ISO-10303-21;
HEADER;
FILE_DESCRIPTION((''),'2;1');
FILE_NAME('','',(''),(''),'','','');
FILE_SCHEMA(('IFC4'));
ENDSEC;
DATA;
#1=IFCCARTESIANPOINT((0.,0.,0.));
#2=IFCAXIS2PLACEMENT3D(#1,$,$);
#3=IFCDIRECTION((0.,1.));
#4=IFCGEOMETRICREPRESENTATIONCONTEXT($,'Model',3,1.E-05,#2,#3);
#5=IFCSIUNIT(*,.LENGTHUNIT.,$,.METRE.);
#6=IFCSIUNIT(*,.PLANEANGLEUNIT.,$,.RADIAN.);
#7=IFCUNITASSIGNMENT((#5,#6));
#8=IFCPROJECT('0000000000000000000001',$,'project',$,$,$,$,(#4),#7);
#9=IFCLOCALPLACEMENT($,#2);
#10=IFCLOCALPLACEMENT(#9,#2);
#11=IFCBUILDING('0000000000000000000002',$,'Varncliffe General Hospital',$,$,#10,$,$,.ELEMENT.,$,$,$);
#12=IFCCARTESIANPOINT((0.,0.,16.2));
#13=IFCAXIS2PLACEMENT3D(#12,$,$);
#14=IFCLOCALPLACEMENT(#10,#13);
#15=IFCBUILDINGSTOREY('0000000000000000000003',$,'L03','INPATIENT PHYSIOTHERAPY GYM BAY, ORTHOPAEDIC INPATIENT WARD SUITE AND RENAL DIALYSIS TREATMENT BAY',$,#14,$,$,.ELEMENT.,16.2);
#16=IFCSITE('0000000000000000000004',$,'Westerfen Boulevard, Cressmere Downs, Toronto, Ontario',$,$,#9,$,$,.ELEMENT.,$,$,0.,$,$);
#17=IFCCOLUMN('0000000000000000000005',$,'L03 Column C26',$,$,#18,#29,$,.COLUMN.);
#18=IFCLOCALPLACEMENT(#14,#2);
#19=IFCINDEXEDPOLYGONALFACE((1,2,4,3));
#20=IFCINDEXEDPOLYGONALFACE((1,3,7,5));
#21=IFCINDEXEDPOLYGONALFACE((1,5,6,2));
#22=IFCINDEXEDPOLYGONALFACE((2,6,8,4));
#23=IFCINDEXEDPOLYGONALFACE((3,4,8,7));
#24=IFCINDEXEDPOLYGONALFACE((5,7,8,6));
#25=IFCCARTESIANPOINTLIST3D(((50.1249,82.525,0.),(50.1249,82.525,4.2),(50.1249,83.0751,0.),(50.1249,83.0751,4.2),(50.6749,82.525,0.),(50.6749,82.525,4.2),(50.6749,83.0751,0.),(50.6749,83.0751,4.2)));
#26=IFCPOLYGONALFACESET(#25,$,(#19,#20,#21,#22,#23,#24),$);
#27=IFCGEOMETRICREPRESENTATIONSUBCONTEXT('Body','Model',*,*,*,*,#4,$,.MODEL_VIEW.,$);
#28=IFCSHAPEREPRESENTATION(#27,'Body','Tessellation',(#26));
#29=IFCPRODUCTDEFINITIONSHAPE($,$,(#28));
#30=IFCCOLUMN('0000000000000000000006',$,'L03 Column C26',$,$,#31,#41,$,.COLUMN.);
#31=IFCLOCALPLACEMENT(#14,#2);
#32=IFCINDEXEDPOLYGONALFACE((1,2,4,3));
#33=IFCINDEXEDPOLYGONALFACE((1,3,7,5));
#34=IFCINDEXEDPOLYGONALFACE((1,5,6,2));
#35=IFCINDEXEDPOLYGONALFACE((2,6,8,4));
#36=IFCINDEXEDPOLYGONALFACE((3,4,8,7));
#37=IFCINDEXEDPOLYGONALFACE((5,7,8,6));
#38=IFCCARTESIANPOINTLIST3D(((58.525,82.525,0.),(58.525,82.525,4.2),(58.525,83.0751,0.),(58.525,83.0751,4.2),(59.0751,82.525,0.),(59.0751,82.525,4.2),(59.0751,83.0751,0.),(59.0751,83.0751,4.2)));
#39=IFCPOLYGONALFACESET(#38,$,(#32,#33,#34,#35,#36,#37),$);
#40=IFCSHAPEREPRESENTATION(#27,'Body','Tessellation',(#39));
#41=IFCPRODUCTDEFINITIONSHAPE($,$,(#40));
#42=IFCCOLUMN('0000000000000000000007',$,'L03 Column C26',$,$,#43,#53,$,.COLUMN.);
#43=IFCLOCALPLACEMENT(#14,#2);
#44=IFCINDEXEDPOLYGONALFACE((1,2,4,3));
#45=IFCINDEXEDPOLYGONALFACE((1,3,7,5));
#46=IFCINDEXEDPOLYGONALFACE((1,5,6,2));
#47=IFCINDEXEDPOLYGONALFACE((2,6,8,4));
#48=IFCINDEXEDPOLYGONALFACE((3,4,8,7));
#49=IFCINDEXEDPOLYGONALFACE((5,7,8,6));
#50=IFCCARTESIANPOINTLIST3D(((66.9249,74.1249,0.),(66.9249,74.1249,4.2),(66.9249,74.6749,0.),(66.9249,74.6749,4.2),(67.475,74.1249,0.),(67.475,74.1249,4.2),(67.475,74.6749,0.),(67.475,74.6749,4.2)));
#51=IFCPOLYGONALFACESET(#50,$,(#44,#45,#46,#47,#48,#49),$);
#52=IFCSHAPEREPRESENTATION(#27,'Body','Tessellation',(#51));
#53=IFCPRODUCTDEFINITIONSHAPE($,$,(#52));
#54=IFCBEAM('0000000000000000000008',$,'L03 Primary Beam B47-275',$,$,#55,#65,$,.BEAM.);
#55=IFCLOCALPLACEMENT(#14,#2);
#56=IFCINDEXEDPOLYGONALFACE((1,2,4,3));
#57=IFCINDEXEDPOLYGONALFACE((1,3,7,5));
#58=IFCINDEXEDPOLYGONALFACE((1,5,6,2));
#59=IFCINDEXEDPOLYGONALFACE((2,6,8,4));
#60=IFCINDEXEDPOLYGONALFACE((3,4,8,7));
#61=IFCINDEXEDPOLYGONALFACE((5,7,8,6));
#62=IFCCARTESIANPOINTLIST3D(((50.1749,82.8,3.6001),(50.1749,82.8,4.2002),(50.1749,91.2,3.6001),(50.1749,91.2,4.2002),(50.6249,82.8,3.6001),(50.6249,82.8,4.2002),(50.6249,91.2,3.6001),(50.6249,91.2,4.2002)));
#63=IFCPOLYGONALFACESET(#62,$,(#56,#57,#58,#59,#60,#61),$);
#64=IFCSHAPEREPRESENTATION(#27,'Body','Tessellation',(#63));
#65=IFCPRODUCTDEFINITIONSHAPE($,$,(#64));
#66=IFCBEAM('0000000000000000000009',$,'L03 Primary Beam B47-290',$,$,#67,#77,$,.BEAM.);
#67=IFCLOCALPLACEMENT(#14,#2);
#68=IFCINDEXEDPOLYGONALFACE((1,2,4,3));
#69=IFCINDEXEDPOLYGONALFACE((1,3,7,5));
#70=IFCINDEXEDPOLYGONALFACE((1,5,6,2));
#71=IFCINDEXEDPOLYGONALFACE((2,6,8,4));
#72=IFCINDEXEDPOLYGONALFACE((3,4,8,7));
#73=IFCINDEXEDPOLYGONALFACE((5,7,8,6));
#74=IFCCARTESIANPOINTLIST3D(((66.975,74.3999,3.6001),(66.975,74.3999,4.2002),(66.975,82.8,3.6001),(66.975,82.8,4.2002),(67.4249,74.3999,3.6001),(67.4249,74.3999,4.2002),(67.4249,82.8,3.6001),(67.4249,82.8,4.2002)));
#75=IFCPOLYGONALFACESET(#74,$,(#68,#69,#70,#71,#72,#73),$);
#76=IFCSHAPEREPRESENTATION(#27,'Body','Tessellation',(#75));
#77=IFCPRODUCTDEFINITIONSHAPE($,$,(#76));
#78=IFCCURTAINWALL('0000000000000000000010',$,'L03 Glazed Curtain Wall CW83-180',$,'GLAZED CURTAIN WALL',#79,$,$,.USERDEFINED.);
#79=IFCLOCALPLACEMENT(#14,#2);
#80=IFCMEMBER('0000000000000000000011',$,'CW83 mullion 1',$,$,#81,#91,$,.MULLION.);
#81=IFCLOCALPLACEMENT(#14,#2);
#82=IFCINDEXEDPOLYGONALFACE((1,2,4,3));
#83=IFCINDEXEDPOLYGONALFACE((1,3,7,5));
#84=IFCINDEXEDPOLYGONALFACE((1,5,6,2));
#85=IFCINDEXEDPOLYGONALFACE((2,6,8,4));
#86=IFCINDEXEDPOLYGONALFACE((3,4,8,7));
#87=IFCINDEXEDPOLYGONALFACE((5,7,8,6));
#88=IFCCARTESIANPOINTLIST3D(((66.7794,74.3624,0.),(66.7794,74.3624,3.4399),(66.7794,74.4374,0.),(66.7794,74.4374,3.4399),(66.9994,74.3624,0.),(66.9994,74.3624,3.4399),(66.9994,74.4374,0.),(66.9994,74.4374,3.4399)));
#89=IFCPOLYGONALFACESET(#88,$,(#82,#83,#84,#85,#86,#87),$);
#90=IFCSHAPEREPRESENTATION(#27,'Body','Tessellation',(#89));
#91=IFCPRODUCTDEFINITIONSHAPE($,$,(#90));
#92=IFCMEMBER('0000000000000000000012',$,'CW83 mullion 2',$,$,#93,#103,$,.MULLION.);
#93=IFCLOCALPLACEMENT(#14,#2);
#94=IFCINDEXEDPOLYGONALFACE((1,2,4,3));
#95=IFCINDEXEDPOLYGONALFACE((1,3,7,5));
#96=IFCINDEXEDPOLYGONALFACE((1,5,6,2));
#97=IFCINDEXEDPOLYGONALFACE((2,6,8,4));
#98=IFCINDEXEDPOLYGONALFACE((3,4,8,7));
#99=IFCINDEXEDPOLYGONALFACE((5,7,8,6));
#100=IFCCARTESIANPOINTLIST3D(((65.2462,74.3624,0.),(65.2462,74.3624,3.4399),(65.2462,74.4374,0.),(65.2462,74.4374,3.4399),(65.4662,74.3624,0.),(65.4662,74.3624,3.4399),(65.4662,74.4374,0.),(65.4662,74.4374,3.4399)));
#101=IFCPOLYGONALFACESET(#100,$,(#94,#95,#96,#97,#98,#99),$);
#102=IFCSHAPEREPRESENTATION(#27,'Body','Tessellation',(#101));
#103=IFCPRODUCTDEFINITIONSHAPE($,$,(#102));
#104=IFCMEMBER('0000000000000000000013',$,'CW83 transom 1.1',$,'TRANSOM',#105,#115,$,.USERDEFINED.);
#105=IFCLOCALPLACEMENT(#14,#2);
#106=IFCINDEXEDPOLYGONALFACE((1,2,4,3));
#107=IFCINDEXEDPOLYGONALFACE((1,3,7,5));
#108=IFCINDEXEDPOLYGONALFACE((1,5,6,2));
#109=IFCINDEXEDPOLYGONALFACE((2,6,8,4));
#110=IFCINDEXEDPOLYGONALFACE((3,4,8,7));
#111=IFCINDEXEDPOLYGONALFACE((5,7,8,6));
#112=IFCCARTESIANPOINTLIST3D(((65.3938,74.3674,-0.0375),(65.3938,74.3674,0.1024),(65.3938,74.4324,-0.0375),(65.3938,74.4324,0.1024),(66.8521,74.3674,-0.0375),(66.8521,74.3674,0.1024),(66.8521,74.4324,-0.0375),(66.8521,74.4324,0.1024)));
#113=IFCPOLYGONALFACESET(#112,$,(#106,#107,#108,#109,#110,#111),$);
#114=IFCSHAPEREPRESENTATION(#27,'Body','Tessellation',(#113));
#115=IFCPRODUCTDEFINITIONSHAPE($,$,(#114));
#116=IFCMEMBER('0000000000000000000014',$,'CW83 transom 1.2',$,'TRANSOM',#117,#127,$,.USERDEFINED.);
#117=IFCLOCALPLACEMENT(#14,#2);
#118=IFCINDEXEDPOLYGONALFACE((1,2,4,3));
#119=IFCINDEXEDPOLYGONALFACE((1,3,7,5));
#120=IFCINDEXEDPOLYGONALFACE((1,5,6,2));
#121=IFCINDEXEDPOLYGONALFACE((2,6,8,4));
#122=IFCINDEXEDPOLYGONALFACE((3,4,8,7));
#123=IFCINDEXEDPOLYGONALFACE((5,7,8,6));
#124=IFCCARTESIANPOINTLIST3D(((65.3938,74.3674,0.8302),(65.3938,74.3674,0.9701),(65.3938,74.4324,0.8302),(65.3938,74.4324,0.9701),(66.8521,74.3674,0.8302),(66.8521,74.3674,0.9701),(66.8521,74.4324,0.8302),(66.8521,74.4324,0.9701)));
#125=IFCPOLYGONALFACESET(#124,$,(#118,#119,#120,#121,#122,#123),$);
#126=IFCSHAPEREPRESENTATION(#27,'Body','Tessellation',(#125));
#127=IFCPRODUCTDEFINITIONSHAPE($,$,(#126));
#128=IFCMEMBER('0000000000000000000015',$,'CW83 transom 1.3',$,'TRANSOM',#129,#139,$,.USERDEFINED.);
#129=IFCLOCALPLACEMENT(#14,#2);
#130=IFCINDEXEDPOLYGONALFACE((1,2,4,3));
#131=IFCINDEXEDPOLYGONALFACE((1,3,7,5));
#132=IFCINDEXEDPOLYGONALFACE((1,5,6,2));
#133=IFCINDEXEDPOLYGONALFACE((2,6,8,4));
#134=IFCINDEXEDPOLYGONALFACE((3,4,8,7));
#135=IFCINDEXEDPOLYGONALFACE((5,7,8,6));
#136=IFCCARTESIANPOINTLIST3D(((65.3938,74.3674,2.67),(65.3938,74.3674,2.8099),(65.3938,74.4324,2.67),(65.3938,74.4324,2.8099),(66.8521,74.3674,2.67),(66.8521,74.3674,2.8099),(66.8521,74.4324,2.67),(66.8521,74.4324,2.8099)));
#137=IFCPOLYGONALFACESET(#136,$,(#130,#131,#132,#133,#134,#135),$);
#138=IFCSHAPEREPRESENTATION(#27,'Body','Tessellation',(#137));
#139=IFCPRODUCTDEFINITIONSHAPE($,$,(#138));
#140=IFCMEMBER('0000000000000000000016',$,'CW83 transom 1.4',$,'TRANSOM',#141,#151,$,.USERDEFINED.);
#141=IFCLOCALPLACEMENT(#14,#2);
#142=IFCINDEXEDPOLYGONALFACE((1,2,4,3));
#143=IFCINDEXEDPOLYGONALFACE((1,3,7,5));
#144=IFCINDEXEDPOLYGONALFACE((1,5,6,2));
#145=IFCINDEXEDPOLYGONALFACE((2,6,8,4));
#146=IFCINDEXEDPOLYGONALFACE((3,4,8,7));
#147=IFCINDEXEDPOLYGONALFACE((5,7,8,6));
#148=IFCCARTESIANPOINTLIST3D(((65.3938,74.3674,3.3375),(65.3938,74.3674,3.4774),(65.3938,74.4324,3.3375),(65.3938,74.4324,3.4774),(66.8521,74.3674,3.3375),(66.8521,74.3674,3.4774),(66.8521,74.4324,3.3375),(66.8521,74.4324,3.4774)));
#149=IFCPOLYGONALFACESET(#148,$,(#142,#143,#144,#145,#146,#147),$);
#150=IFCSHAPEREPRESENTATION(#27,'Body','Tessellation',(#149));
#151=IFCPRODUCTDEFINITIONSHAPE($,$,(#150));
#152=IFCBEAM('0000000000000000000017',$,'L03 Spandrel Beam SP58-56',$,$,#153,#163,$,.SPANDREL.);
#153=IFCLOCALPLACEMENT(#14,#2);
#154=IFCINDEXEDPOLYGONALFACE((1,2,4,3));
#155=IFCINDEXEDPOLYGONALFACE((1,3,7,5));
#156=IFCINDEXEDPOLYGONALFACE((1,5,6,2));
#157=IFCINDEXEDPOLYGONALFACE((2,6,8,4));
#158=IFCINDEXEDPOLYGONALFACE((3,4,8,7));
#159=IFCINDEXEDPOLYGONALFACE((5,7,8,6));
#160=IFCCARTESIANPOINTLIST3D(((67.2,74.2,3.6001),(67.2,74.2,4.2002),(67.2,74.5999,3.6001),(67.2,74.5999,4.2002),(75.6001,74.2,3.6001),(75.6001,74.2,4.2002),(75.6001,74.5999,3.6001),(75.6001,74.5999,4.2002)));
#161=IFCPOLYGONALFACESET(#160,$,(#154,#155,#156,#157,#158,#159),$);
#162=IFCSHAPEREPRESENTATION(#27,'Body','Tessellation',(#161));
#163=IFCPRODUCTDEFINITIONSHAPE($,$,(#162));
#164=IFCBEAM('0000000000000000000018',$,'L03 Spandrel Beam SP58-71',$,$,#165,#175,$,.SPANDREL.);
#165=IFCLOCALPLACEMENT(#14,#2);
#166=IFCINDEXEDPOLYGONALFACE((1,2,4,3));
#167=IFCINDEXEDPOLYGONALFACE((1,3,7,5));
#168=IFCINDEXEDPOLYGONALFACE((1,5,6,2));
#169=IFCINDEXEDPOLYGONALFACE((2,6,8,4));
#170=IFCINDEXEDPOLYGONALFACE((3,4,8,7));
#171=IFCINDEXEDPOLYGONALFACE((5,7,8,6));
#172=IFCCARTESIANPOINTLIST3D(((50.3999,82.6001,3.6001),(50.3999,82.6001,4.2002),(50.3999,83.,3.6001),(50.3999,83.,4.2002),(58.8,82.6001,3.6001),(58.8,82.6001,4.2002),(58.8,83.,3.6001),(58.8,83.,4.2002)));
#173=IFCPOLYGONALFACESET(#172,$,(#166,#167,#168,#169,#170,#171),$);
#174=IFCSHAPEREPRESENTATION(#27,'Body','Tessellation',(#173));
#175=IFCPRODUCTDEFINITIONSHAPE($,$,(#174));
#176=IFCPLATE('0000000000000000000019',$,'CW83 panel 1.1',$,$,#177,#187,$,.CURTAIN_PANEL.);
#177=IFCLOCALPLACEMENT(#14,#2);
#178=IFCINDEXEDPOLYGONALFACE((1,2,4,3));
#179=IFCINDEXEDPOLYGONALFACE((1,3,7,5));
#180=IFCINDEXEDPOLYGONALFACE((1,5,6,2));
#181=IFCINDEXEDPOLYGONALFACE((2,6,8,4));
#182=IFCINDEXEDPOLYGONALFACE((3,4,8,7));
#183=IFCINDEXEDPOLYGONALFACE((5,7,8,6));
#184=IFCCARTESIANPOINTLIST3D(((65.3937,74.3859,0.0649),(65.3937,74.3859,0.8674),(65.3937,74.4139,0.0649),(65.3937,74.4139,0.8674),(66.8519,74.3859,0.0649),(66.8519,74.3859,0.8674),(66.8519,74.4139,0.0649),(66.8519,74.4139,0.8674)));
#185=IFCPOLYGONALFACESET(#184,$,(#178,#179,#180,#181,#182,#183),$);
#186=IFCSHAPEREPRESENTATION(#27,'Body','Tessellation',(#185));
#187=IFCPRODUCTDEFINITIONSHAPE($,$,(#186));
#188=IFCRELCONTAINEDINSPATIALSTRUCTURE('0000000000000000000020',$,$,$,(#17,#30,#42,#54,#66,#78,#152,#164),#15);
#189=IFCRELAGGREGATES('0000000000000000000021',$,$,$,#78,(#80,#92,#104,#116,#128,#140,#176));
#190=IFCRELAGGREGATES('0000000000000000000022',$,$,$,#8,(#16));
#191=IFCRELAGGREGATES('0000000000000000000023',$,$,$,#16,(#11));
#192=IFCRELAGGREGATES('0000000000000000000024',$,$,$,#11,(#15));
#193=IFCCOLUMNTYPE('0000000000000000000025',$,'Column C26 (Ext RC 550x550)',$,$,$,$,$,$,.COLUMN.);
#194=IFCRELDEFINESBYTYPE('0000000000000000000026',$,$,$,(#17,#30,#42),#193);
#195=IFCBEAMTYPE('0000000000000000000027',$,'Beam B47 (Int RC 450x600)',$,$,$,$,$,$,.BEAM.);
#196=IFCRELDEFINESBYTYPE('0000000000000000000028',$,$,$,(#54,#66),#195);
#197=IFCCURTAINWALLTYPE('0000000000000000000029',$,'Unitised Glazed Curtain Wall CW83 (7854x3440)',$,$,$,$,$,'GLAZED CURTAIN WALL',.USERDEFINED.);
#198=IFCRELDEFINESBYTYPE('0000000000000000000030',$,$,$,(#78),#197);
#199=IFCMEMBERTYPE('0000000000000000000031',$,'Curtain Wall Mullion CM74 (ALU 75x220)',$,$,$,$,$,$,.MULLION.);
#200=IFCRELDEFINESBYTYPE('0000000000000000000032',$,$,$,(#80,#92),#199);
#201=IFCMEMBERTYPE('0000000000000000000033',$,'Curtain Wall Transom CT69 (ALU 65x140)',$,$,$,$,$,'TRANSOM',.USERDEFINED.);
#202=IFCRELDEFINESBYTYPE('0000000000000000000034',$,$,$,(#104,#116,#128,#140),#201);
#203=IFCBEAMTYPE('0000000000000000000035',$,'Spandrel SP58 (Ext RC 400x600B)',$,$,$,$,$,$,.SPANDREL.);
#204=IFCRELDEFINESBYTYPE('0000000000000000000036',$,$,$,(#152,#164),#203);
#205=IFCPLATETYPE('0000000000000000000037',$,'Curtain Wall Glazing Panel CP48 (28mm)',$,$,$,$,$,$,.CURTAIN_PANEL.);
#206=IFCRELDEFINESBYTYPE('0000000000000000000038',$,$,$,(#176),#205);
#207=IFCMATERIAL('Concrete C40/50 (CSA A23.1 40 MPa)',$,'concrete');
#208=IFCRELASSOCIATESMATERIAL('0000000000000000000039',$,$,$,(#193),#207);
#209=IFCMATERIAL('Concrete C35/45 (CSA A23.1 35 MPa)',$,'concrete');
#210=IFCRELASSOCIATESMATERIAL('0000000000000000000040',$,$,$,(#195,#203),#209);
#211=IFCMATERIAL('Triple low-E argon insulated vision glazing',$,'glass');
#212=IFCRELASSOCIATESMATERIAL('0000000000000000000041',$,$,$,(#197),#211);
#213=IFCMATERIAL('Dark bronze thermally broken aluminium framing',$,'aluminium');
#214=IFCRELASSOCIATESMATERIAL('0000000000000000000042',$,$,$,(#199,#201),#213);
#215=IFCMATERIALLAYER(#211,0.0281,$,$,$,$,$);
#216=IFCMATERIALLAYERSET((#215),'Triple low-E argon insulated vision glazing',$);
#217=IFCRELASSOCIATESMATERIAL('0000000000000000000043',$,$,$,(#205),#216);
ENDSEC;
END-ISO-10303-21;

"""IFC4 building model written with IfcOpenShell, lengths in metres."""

from ifc_helpers import new_model, si_unit, direction, frame, origin, origin_2d, place, context, subcontext, project, spatial, rectangle, extrude, material, layer, layer_set, material_profile, profile_set, type_object, element, aggregate, save


model = new_model("IFC4")

# Units and contexts
model_context = context("Model", 3, precision=1e-05, world=origin(), true_north=direction((0.0, 1.0)))
body_context = subcontext(model_context, "Body", "Model", "MODEL_VIEW")
ifc_project = project(units=[si_unit("LENGTHUNIT", "METRE"), si_unit("PLANEANGLEUNIT", "RADIAN")], contexts=[model_context])

# Site, building, storey
site_placement = place(None, origin())
site = spatial("IfcSite", under=ifc_project, at=site_placement, Name="Westerfen Boulevard, Cressmere Downs, Toronto, Ontario", CompositionType="ELEMENT", RefElevation=0.0)
building_placement = place(site_placement, origin())
building = spatial("IfcBuilding", under=site, at=building_placement, Name="Varncliffe General Hospital", CompositionType="ELEMENT")
storey_placement = place(building_placement, frame((0.0, 0.0, 16.2)))
storey = spatial("IfcBuildingStorey", under=building, at=storey_placement, Name="L03", Description="INPATIENT PHYSIOTHERAPY GYM BAY, ORTHOPAEDIC INPATIENT WARD SUITE AND RENAL DIALYSIS TREATMENT BAY", CompositionType="ELEMENT", Elevation=16.2)

# Columns
ifc_material_1 = material(Name="Concrete C40/50 (CSA A23.1 40 MPa)", Category="concrete")
ifc_material_profile_1 = material_profile(ifc_material_1, rectangle(XDim=0.55, YDim=0.55, at=origin_2d()), Name="RC 550x550")
ifc_profile_set_1 = profile_set([ifc_material_profile_1], Name="Concrete C40/50 (CSA A23.1 40 MPa)")
column_type = type_object("IfcColumnType", Name="Column C26 (Ext RC 550x550)", PredefinedType="COLUMN", material=ifc_profile_set_1)
for number, where, z_axis, x_axis, name in (
    (1, (50.3999, 82.8, 0.0), (0.0, 0.0, 1.0), (1.0, 0.0, 0.0), "L03 Column C26"),
    (2, (58.8, 82.8, 0.0), (0.0, 0.0, 1.0), (1.0, 0.0, 0.0), "L03 Column C26"),
    (3, (67.2, 74.3999, 0.0), (0.0, 0.0, 1.0), (1.0, 0.0, 0.0), "L03 Column C26"),
):
    element("IfcColumn", number, at=place(storey_placement, frame(where, z_axis=z_axis, x_axis=x_axis)), inside=storey, type_object=column_type, Name=name, PredefinedType="COLUMN", context=body_context, shape_type="SweptSolid", body=[
        extrude(rectangle(XDim=0.55, YDim=0.55, at=origin_2d()), origin(), (0.0, 0.0, 1.0), 4.2),
    ])

# Beams
ifc_material_2 = material(Name="Concrete C35/45 (CSA A23.1 35 MPa)", Category="concrete")
ifc_material_profile_2 = material_profile(ifc_material_2, rectangle(XDim=0.45, YDim=0.6001, at=origin_2d()), Name="RC 450x600")
ifc_profile_set_2 = profile_set([ifc_material_profile_2], Name="Concrete C35/45 (CSA A23.1 35 MPa)")
beam_type_1 = type_object("IfcBeamType", Name="Beam B47 (Int RC 450x600)", PredefinedType="BEAM", material=ifc_profile_set_2)
beam_1_placement = place(storey_placement, frame((50.3999, 82.8, 3.9001), z_axis=(0.0, 1.0, 0.0), x_axis=(-1.0, 0.0, 0.0)))
element("IfcBeam", 4, at=beam_1_placement, inside=storey, type_object=beam_type_1, Name="L03 Primary Beam B47-275", PredefinedType="BEAM", context=body_context, shape_type="SweptSolid", body=[
    extrude(rectangle(XDim=0.45, YDim=0.6001, at=origin_2d()), origin(), (0.0, 0.0, 1.0), 8.3999),
])
beam_2_placement = place(storey_placement, frame((67.2, 74.3999, 3.9001), z_axis=(0.0, 1.0, 0.0), x_axis=(-1.0, 0.0, 0.0)))
element("IfcBeam", 5, at=beam_2_placement, inside=storey, type_object=beam_type_1, Name="L03 Primary Beam B47-290", PredefinedType="BEAM", context=body_context, shape_type="SweptSolid", body=[
    extrude(rectangle(XDim=0.45, YDim=0.6001, at=origin_2d()), origin(), (0.0, 0.0, 1.0), 8.4001),
])

# Curtain wall, members
ifc_material_3 = material(Name="Triple low-E argon insulated vision glazing", Category="glass")
curtain_wall_type = type_object("IfcCurtainWallType", Name="Unitised Glazed Curtain Wall CW83 (7854x3440)", ElementType="GLAZED CURTAIN WALL", PredefinedType="USERDEFINED", material=ifc_material_3)
curtain_wall_placement = place(storey_placement, origin())
curtain_wall = element("IfcCurtainWall", 6, at=curtain_wall_placement, inside=storey, type_object=curtain_wall_type, Name="L03 Glazed Curtain Wall CW83-180", ObjectType="GLAZED CURTAIN WALL", PredefinedType="USERDEFINED")
ifc_material_4 = material(Name="Dark bronze thermally broken aluminium framing", Category="aluminium")
ifc_material_profile_3 = material_profile(ifc_material_4, rectangle(XDim=0.075, YDim=0.22, at=origin_2d()), Name="ALU 75x220")
ifc_profile_set_3 = profile_set([ifc_material_profile_3], Name="Dark bronze thermally broken aluminium framing")
member_type_1 = type_object("IfcMemberType", Name="Curtain Wall Mullion CM74 (ALU 75x220)", PredefinedType="MULLION", material=ifc_profile_set_3)
member_1_placement = place(storey_placement, frame((66.8894, 74.3999, 0.0), z_axis=(0.0, 0.0, 1.0), x_axis=(0.0, -1.0, 0.0)))
member_1 = element("IfcMember", 7, at=member_1_placement, type_object=member_type_1, Name="CW83 mullion 1", PredefinedType="MULLION", context=body_context, shape_type="SweptSolid", body=[
    extrude(rectangle(XDim=0.075, YDim=0.22, at=origin_2d()), origin(), (0.0, 0.0, 1.0), 3.4399),
])
member_2_placement = place(storey_placement, frame((65.3562, 74.3999, 0.0), z_axis=(0.0, 0.0, 1.0), x_axis=(0.0, -1.0, 0.0)))
member_2 = element("IfcMember", 8, at=member_2_placement, type_object=member_type_1, Name="CW83 mullion 2", PredefinedType="MULLION", context=body_context, shape_type="SweptSolid", body=[
    extrude(rectangle(XDim=0.075, YDim=0.22, at=origin_2d()), origin(), (0.0, 0.0, 1.0), 3.4399),
])
ifc_material_profile_4 = material_profile(ifc_material_4, rectangle(XDim=0.0649, YDim=0.1399, at=origin_2d()), Name="ALU 65x140")
ifc_profile_set_4 = profile_set([ifc_material_profile_4], Name="Dark bronze thermally broken aluminium framing")
member_type_2 = type_object("IfcMemberType", Name="Curtain Wall Transom CT69 (ALU 65x140)", ElementType="TRANSOM", PredefinedType="USERDEFINED", material=ifc_profile_set_4)
member_3_placement = place(storey_placement, frame((66.8521, 74.3999, 0.0325), z_axis=(-1.0, 0.0, 0.0), x_axis=(0.0, -1.0, 0.0)))
member_3 = element("IfcMember", 9, at=member_3_placement, type_object=member_type_2, Name="CW83 transom 1.1", ObjectType="TRANSOM", PredefinedType="USERDEFINED", context=body_context, shape_type="SweptSolid", body=[
    extrude(rectangle(XDim=0.0649, YDim=0.1399, at=origin_2d()), origin(), (0.0, 0.0, 1.0), 1.4583),
])
member_4_placement = place(storey_placement, frame((66.8521, 74.3999, 0.9001), z_axis=(-1.0, 0.0, 0.0), x_axis=(0.0, -1.0, 0.0)))
member_4 = element("IfcMember", 10, at=member_4_placement, type_object=member_type_2, Name="CW83 transom 1.2", ObjectType="TRANSOM", PredefinedType="USERDEFINED", context=body_context, shape_type="SweptSolid", body=[
    extrude(rectangle(XDim=0.0649, YDim=0.1399, at=origin_2d()), origin(), (0.0, 0.0, 1.0), 1.4583),
])
member_5_placement = place(storey_placement, frame((66.8521, 74.3999, 2.74), z_axis=(-1.0, 0.0, 0.0), x_axis=(0.0, -1.0, 0.0)))
member_5 = element("IfcMember", 11, at=member_5_placement, type_object=member_type_2, Name="CW83 transom 1.3", ObjectType="TRANSOM", PredefinedType="USERDEFINED", context=body_context, shape_type="SweptSolid", body=[
    extrude(rectangle(XDim=0.0649, YDim=0.1399, at=origin_2d()), origin(), (0.0, 0.0, 1.0), 1.4583),
])
member_6_placement = place(storey_placement, frame((66.8521, 74.3999, 3.4075), z_axis=(-1.0, 0.0, 0.0), x_axis=(0.0, -1.0, 0.0)))
member_6 = element("IfcMember", 12, at=member_6_placement, type_object=member_type_2, Name="CW83 transom 1.4", ObjectType="TRANSOM", PredefinedType="USERDEFINED", context=body_context, shape_type="SweptSolid", body=[
    extrude(rectangle(XDim=0.0649, YDim=0.1399, at=origin_2d()), origin(), (0.0, 0.0, 1.0), 1.4583),
])

# Beams
ifc_material_profile_5 = material_profile(ifc_material_2, rectangle(XDim=0.3999, YDim=0.6001, at=origin_2d()), Name="RC 400x600")
ifc_profile_set_5 = profile_set([ifc_material_profile_5], Name="Concrete C35/45 (CSA A23.1 35 MPa)")
beam_type_2 = type_object("IfcBeamType", Name="Spandrel SP58 (Ext RC 400x600B)", PredefinedType="SPANDREL", material=ifc_profile_set_5)
for number, where, z_axis, x_axis, name in (
    (13, (67.2, 74.3999, 3.9001), (1.0, 0.0, 0.0), (0.0, 1.0, 0.0), "L03 Spandrel Beam SP58-56"),
    (14, (50.3999, 82.8, 3.9001), (1.0, 0.0, 0.0), (0.0, 1.0, 0.0), "L03 Spandrel Beam SP58-71"),
):
    element("IfcBeam", number, at=place(storey_placement, frame(where, z_axis=z_axis, x_axis=x_axis)), inside=storey, type_object=beam_type_2, Name=name, PredefinedType="SPANDREL", context=body_context, shape_type="SweptSolid", body=[
        extrude(rectangle(XDim=0.3999, YDim=0.6001, at=origin_2d()), origin(), (0.0, 0.0, 1.0), 8.4001),
    ])

# Plate
ifc_layer_1 = layer(ifc_material_3, 0.0281)
ifc_layer_set_1 = layer_set([ifc_layer_1], Name="Triple low-E argon insulated vision glazing")
plate_type = type_object("IfcPlateType", Name="Curtain Wall Glazing Panel CP48 (28mm)", PredefinedType="CURTAIN_PANEL", material=ifc_layer_set_1)
plate_1_placement = place(storey_placement, frame((66.1228, 74.3999, 0.0649), z_axis=(0.0, 0.0, 1.0), x_axis=(-1.0, 0.0, 0.0)))
plate_1 = element("IfcPlate", 15, at=plate_1_placement, type_object=plate_type, Name="CW83 panel 1.1", PredefinedType="CURTAIN_PANEL", context=body_context, shape_type="SweptSolid", body=[
    extrude(rectangle(XDim=1.4583, YDim=0.0281, at=origin_2d()), origin(), (0.0, 0.0, 1.0), 0.8025),
])
aggregate(curtain_wall, [member_1, member_2, member_3, member_4, member_5, member_6, plate_1])

save(model, "model.ifc")
